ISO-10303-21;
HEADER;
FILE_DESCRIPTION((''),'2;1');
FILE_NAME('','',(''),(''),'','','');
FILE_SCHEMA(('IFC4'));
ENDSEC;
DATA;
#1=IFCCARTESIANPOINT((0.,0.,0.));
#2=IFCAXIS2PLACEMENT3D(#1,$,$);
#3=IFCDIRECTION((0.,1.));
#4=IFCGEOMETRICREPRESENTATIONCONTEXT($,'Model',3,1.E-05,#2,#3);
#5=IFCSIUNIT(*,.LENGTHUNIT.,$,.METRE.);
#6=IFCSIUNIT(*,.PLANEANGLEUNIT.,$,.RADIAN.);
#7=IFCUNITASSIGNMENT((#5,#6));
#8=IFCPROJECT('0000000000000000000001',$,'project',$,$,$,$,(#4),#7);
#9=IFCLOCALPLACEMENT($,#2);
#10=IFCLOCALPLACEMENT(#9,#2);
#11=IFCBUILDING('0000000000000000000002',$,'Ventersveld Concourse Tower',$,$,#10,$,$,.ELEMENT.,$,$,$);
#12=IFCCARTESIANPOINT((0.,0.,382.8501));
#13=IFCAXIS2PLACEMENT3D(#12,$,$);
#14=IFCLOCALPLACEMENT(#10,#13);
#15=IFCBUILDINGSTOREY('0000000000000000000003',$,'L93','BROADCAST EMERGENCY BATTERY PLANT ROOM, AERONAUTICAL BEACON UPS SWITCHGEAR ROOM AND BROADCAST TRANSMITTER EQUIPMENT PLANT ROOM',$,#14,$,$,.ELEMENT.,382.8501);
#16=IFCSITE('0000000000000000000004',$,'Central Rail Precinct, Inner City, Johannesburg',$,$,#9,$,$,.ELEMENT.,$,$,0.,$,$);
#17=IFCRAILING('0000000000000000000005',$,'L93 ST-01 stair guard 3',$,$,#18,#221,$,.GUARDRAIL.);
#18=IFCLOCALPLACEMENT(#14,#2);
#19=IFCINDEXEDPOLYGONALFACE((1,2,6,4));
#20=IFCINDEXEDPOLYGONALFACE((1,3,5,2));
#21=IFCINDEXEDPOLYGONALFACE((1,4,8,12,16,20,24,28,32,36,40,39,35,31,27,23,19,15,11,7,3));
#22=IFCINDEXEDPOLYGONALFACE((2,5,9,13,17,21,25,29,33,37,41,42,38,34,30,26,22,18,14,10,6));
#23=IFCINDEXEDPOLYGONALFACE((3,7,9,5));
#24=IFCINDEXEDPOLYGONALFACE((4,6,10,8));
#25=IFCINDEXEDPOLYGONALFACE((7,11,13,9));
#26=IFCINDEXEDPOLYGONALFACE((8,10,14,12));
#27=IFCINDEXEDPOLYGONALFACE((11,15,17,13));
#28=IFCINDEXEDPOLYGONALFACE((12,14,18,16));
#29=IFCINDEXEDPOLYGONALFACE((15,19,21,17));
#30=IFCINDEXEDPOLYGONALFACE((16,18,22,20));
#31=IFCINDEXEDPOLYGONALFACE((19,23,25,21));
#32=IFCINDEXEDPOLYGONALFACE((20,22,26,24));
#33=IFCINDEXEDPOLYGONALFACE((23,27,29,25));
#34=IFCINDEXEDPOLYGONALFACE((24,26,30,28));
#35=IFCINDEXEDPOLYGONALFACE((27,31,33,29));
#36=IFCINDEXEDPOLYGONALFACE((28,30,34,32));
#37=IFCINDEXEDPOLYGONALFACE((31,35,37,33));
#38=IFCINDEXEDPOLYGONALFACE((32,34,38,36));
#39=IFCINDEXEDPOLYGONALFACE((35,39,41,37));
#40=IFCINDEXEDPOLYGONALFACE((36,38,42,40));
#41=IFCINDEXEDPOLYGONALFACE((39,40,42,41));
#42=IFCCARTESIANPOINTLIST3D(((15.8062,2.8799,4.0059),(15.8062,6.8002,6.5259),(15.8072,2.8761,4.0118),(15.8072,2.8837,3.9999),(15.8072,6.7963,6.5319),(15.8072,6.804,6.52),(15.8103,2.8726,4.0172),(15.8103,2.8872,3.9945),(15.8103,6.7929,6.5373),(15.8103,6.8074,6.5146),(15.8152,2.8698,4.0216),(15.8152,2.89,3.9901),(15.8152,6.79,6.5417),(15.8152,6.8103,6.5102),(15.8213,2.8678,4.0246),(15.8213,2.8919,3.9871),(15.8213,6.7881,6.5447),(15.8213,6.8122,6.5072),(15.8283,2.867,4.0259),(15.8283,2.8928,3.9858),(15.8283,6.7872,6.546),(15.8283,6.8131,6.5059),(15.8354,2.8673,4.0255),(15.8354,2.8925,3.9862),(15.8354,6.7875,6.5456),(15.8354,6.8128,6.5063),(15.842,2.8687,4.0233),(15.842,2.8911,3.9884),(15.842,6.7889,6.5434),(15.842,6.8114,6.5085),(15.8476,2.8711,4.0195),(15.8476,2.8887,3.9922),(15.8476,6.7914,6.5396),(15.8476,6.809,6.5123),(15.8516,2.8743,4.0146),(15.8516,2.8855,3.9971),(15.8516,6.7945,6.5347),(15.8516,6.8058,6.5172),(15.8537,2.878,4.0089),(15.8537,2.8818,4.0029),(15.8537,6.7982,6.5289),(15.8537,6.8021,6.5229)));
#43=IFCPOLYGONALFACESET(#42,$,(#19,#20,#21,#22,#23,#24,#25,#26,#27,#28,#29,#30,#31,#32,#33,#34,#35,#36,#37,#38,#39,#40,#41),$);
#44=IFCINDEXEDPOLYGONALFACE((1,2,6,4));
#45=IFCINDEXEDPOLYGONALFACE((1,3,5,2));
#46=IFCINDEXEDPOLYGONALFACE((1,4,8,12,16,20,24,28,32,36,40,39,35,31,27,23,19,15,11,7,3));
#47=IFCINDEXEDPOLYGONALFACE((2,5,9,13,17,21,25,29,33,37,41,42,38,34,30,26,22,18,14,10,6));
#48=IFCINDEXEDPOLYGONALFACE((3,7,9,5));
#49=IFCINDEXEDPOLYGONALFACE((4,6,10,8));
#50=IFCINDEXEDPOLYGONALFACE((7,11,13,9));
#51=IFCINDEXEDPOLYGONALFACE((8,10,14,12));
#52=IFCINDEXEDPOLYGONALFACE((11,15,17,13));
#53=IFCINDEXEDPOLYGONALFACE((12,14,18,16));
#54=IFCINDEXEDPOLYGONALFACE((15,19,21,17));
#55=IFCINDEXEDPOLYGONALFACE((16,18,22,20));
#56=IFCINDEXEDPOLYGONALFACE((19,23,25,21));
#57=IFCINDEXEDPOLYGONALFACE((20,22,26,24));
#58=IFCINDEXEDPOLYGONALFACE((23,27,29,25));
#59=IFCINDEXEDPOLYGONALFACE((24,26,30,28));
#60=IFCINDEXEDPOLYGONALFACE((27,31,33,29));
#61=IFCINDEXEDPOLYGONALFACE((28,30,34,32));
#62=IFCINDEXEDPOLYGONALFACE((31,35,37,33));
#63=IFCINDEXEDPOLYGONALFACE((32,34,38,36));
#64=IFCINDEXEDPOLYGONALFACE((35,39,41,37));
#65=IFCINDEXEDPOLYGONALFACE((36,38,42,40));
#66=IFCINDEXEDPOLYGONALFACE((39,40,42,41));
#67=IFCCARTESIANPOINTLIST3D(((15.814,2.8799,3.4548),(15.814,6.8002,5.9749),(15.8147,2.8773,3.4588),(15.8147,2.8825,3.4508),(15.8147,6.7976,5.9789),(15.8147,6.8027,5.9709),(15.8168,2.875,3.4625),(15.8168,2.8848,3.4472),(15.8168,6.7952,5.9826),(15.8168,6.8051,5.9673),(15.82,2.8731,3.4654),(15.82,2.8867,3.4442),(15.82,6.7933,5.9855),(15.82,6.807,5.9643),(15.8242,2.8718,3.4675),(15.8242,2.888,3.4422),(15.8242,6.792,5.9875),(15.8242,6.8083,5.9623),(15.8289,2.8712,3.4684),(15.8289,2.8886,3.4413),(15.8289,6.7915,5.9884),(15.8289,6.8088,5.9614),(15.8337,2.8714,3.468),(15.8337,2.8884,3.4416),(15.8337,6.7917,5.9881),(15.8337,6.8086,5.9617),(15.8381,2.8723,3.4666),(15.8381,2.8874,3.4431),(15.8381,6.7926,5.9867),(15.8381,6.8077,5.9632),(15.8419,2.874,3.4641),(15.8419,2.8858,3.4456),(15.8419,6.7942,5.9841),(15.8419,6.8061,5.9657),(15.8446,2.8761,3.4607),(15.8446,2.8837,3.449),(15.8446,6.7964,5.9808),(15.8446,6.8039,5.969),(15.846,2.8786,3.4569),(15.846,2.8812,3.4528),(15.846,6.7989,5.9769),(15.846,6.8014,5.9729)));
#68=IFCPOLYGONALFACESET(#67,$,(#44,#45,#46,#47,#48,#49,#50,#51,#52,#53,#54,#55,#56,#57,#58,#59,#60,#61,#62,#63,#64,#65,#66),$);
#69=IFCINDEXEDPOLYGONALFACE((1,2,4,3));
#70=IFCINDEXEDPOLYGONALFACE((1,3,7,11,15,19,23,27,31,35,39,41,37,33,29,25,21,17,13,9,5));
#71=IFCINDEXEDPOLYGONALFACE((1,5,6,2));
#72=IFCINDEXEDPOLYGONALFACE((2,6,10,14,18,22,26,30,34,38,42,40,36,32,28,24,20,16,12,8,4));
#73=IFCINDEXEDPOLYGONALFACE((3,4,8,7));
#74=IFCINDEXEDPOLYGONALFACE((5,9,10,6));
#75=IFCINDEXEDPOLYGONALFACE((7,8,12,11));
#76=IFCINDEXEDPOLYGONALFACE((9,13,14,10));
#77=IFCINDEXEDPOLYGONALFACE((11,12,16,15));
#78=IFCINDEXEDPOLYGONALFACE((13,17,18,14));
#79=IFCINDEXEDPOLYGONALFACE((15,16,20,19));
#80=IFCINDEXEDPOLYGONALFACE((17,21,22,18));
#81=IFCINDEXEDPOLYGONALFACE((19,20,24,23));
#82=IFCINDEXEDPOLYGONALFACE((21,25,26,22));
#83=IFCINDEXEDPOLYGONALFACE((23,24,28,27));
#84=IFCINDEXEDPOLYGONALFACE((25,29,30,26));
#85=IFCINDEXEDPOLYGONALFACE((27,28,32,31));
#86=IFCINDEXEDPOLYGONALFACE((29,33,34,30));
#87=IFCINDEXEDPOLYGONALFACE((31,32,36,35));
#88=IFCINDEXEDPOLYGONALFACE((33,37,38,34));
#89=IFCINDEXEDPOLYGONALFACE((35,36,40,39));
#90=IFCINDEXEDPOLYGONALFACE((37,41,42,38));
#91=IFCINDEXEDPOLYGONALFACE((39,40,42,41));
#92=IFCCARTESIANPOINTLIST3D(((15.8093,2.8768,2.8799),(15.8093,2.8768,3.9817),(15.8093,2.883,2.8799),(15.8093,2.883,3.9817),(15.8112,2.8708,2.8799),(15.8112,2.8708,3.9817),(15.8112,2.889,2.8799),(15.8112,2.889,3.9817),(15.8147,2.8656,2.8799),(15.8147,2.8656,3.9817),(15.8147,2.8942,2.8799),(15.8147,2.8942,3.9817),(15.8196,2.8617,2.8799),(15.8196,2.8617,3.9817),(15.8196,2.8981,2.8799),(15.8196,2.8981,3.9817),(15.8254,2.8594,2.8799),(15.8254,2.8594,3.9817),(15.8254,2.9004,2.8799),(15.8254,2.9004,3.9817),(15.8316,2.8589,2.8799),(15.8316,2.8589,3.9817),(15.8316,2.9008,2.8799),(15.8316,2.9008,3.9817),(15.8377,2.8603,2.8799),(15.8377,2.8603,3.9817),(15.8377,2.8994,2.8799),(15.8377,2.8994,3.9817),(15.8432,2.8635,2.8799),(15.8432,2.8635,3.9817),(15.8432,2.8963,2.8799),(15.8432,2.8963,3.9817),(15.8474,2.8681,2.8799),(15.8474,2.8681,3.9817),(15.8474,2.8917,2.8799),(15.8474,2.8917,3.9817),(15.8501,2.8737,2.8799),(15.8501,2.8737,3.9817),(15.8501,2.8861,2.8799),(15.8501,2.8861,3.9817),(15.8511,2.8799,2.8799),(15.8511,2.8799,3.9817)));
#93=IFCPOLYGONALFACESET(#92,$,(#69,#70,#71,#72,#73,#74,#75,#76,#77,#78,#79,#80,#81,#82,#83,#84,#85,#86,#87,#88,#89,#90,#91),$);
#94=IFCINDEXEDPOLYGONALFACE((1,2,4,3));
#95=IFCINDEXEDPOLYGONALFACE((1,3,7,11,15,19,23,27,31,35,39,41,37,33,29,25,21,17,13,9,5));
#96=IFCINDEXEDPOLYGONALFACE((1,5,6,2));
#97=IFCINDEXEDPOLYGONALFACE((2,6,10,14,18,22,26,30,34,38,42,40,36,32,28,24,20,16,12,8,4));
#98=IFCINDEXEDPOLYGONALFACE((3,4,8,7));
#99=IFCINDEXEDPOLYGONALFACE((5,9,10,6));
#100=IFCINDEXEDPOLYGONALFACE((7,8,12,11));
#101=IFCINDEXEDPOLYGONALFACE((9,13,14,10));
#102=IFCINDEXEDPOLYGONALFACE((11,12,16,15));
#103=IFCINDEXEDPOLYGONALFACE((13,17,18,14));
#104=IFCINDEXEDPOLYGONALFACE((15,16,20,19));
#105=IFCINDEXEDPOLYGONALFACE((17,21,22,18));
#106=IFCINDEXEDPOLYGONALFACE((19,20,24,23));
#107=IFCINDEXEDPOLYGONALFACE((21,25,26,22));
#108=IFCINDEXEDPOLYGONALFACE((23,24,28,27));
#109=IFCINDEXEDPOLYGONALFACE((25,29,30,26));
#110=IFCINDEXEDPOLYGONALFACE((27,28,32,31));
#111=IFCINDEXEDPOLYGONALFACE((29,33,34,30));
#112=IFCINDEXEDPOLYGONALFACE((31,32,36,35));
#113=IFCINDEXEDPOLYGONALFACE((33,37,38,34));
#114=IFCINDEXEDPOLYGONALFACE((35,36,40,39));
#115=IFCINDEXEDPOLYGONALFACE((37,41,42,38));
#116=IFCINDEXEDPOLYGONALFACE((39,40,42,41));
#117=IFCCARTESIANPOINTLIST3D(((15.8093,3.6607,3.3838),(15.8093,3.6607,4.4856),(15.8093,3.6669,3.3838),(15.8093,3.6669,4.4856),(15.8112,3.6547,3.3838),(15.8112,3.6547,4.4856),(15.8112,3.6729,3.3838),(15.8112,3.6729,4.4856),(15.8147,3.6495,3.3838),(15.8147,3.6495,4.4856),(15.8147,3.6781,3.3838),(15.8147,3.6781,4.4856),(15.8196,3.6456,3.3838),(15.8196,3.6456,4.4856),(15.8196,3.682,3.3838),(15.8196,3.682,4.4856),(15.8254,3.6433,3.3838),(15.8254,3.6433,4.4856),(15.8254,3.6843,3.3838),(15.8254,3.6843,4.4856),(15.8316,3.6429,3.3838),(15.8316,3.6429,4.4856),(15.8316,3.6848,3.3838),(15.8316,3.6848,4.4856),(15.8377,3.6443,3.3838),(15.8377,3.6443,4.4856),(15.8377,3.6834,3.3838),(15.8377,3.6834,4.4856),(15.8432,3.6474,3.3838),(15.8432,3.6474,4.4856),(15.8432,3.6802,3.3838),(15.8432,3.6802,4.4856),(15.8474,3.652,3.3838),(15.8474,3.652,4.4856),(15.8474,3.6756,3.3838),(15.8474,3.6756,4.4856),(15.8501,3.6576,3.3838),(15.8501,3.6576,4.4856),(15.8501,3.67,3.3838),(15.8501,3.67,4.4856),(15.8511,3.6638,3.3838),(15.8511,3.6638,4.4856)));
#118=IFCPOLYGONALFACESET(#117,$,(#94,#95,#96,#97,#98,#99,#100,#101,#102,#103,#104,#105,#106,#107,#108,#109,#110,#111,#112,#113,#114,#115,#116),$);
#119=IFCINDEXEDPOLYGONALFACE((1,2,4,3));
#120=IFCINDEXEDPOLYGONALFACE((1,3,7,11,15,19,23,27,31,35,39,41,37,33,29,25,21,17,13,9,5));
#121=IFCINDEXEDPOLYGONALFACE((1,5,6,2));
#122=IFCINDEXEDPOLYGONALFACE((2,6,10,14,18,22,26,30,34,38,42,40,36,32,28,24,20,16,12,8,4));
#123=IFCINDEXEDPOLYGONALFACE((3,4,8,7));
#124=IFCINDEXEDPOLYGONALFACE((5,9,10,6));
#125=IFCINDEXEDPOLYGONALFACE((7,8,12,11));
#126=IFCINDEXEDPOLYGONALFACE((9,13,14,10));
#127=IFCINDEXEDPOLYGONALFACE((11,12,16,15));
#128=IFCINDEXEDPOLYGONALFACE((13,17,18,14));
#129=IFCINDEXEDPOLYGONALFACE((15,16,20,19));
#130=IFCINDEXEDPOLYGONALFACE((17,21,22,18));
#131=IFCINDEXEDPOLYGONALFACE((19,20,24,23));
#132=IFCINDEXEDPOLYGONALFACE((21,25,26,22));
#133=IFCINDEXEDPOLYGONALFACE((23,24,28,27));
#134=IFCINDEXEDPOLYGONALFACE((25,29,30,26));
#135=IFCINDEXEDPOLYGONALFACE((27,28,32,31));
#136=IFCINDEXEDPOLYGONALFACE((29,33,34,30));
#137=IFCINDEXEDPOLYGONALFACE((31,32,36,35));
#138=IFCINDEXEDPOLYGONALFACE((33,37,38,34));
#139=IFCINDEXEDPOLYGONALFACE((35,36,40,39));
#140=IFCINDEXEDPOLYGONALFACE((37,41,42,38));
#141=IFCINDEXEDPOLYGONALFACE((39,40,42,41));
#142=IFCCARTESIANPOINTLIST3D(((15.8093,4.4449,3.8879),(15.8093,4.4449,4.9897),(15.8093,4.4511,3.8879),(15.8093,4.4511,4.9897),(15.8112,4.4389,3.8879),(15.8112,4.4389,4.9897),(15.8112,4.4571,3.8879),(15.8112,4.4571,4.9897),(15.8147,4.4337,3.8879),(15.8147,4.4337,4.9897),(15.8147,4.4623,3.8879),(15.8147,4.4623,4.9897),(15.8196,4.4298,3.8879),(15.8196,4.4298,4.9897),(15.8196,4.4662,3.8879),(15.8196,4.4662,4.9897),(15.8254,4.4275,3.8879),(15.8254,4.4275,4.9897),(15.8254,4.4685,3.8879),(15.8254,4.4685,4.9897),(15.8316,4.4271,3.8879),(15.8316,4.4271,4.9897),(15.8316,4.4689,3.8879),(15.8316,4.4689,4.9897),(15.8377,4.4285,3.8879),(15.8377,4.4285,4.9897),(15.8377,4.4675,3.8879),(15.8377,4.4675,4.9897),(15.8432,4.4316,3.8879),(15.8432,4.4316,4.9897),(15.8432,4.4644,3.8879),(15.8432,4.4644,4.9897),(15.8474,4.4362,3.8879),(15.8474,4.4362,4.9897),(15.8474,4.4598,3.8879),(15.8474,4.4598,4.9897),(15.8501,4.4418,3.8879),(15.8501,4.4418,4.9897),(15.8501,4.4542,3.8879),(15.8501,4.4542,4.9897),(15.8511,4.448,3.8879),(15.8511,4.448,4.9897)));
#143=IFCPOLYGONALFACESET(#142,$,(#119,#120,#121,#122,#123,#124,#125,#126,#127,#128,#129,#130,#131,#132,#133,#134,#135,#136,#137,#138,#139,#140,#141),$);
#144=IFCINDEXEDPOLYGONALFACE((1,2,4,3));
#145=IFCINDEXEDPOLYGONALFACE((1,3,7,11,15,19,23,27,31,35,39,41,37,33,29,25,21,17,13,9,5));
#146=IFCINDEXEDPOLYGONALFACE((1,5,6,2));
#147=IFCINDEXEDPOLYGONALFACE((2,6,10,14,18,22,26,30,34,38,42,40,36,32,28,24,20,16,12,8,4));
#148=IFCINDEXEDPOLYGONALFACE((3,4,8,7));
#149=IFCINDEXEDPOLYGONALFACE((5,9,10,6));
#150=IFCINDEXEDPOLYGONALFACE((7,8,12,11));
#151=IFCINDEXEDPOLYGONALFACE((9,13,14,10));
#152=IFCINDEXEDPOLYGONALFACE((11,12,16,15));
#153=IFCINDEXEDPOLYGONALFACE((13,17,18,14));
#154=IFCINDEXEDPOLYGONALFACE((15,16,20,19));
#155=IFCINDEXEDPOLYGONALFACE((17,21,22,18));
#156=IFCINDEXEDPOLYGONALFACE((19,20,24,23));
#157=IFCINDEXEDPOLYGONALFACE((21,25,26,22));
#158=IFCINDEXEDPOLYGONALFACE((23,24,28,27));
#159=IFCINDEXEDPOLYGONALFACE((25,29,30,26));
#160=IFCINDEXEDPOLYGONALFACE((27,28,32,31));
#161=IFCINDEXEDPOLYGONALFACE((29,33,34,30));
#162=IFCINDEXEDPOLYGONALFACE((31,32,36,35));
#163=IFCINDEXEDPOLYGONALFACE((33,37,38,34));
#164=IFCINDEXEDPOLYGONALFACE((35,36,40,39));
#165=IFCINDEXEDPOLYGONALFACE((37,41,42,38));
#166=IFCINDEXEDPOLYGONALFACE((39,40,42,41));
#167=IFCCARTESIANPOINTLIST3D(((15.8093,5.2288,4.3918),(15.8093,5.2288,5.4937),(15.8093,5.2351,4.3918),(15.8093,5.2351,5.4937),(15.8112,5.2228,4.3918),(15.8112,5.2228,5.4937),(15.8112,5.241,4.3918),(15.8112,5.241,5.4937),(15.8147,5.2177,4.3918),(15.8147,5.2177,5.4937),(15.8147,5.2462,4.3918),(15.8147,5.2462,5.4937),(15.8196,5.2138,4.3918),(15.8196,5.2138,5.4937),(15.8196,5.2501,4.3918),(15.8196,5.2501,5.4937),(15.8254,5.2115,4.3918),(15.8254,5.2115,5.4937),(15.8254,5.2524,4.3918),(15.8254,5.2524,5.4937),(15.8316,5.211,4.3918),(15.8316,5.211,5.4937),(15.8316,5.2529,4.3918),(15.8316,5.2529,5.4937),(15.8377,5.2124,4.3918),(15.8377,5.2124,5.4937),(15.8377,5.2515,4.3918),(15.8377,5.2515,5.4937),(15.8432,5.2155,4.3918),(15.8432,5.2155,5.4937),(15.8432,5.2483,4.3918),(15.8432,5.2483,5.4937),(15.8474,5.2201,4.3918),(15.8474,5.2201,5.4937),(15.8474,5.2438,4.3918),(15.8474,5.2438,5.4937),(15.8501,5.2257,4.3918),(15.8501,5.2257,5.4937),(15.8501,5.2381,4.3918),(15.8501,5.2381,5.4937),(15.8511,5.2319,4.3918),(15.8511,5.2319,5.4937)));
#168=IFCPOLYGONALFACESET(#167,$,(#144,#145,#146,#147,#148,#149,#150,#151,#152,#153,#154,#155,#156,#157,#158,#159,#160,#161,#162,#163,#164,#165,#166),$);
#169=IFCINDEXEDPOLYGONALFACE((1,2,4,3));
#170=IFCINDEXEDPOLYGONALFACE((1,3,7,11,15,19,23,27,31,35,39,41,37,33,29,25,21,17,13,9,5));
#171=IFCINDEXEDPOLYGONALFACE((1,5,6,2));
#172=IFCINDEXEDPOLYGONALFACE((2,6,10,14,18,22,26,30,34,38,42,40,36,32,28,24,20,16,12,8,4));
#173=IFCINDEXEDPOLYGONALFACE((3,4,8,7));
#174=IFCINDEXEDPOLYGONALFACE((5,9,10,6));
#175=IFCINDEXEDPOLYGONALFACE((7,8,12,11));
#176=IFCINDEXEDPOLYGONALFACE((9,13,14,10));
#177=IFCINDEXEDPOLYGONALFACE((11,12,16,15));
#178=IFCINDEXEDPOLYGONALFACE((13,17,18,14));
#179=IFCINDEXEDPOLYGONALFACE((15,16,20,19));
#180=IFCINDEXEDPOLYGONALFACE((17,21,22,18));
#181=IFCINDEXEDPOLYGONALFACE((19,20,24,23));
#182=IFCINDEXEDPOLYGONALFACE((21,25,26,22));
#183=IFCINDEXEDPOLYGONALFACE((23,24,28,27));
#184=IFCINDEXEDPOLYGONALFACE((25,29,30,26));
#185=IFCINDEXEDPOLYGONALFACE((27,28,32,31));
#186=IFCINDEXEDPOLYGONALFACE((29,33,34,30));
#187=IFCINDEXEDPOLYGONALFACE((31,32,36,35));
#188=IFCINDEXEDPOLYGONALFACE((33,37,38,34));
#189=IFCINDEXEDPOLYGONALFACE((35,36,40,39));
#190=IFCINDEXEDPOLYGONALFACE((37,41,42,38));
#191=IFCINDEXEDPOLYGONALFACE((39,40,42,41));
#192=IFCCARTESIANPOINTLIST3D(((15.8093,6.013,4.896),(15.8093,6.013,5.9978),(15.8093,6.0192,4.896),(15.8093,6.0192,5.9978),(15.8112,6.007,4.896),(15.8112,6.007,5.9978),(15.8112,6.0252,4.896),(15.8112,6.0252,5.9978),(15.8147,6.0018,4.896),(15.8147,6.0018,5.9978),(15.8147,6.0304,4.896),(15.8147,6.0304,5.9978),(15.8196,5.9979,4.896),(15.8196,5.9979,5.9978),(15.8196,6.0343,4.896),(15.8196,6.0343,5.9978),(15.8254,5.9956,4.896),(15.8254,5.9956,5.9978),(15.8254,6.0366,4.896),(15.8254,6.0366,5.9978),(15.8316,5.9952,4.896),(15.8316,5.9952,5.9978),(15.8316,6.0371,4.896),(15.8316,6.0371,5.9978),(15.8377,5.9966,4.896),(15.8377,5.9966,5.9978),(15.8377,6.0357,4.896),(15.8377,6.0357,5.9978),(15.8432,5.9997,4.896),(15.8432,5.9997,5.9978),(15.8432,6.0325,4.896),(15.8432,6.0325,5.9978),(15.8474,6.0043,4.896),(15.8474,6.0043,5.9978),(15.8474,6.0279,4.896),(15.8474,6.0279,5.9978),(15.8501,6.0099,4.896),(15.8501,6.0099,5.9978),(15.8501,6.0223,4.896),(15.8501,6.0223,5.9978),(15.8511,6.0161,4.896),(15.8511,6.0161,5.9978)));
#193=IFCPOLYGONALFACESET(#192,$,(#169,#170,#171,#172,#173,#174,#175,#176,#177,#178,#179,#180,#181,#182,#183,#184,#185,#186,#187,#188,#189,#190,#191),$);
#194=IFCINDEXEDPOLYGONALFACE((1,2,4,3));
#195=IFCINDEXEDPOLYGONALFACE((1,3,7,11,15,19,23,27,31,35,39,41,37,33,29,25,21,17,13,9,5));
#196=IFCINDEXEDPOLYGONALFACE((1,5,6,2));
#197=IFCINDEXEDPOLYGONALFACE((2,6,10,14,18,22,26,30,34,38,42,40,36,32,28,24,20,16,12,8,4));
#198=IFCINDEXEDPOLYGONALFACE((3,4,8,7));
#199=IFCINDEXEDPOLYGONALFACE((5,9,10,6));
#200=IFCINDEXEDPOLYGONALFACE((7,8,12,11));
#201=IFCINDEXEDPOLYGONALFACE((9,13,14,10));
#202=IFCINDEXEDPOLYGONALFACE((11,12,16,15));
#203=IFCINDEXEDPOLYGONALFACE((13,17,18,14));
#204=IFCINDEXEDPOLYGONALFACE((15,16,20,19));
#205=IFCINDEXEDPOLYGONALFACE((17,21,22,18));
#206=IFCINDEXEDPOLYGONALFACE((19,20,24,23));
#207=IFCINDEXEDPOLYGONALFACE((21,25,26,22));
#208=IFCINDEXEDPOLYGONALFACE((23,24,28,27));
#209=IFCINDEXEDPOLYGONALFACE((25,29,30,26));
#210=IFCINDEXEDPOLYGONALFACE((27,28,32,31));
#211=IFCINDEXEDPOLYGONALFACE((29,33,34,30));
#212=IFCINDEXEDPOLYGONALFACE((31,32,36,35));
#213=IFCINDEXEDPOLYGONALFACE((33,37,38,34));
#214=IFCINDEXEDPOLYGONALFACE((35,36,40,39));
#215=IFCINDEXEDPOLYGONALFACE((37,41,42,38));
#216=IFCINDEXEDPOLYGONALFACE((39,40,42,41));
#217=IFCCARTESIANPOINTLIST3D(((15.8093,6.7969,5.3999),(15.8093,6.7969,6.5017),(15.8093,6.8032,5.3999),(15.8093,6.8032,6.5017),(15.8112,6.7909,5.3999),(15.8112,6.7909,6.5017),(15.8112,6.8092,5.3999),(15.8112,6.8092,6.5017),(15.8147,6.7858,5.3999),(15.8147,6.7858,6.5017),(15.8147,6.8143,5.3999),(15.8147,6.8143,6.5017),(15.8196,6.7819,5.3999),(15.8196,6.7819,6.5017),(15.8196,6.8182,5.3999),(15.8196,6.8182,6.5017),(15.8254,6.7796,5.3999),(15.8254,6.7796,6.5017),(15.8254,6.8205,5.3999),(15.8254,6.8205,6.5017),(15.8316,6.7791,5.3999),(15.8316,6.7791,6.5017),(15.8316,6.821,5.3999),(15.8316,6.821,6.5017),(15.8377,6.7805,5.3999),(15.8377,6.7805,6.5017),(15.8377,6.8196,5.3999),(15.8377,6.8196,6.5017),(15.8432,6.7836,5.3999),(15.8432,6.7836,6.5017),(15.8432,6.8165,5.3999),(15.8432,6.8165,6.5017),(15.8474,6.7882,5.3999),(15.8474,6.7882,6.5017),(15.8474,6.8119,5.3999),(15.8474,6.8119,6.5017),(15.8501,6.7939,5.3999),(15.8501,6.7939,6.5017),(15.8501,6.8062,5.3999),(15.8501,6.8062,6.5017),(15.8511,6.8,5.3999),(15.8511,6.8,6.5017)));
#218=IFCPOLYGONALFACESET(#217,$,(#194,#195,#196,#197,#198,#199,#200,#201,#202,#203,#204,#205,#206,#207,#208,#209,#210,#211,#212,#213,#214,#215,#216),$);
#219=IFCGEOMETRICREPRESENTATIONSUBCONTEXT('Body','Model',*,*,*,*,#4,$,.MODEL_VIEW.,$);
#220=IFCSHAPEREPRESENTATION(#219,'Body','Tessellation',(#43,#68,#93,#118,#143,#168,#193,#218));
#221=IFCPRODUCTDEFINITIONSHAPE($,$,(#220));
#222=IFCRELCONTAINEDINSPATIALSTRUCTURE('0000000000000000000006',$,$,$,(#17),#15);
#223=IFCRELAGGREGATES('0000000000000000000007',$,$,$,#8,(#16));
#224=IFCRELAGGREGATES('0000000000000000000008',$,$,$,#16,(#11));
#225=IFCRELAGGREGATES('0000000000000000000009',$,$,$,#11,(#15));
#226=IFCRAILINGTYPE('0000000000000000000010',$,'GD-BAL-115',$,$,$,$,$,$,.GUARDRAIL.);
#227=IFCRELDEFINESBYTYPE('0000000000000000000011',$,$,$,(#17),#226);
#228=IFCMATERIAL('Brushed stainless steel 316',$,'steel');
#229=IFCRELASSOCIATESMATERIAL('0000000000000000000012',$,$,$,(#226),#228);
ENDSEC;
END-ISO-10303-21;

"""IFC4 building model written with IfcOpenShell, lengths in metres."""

from ifc_helpers import new_model, si_unit, direction, frame, origin, origin_2d, place, context, subcontext, project, spatial, circle, extrude, material, type_object, element, save


model = new_model("IFC4")

# Units and contexts
model_context = context("Model", 3, precision=1e-05, world=origin(), true_north=direction((0.0, 1.0)))
body_context = subcontext(model_context, "Body", "Model", "MODEL_VIEW")
ifc_project = project(units=[si_unit("LENGTHUNIT", "METRE"), si_unit("PLANEANGLEUNIT", "RADIAN")], contexts=[model_context])

# Site, building, storey
site_placement = place(None, origin())
site = spatial("IfcSite", under=ifc_project, at=site_placement, Name="Central Rail Precinct, Inner City, Johannesburg", CompositionType="ELEMENT", RefElevation=0.0)
building_placement = place(site_placement, origin())
building = spatial("IfcBuilding", under=site, at=building_placement, Name="Ventersveld Concourse Tower", CompositionType="ELEMENT")
storey_placement = place(building_placement, frame((0.0, 0.0, 382.8501)))
storey = spatial("IfcBuildingStorey", under=building, at=storey_placement, Name="L93", Description="BROADCAST EMERGENCY BATTERY PLANT ROOM, AERONAUTICAL BEACON UPS SWITCHGEAR ROOM AND BROADCAST TRANSMITTER EQUIPMENT PLANT ROOM", CompositionType="ELEMENT", Elevation=382.8501)

# Shared definitions
ifc_material_1 = material(Name="Brushed stainless steel 316", Category="steel")

# Railing
railing_type_1 = type_object("IfcRailingType", Name="GD-BAL-115", PredefinedType="GUARDRAIL", material=ifc_material_1)
railing_1_placement = place(storey_placement, frame((15.8301, 2.8799, 2.8799)))
element("IfcRailing", 1, at=railing_1_placement, inside=storey, type_object=railing_type_1, Name="L93 ST-01 stair guard 3", PredefinedType="GUARDRAIL", context=body_context, shape_type="SweptSolid", body=[
    extrude(circle(Radius=0.0239, at=origin_2d()), frame((0.0, 0.0, 1.126), z_axis=(0.0, 0.841187, 0.540744), x_axis=(-1.0, 0.0, 0.0)), (0.0, 0.0, 1.0), 4.6604),
    extrude(circle(Radius=0.0161, at=origin_2d()), frame((0.0, 0.0, 0.575), z_axis=(0.0, 0.841187, 0.540744), x_axis=(-1.0, 0.0, 0.0)), (0.0, 0.0, 1.0), 4.6604),
    extrude(circle(Radius=0.021, at=origin_2d()), origin(), (0.0, 0.0, 1.0), 1.1018),
    extrude(circle(Radius=0.021, at=origin_2d()), frame((0.0, 0.7839, 0.5039)), (0.0, 0.0, 1.0), 1.1018),
    extrude(circle(Radius=0.021, at=origin_2d()), frame((0.0, 1.5681, 1.0081)), (0.0, 0.0, 1.0), 1.1018),
    extrude(circle(Radius=0.021, at=origin_2d()), frame((0.0, 2.3521, 1.512)), (0.0, 0.0, 1.0), 1.1018),
    extrude(circle(Radius=0.021, at=origin_2d()), frame((0.0, 3.1362, 2.0161)), (0.0, 0.0, 1.0), 1.1018),
    extrude(circle(Radius=0.021, at=origin_2d()), frame((0.0, 3.9202, 2.52)), (0.0, 0.0, 1.0), 1.1018),
])

save(model, "model.ifc")
